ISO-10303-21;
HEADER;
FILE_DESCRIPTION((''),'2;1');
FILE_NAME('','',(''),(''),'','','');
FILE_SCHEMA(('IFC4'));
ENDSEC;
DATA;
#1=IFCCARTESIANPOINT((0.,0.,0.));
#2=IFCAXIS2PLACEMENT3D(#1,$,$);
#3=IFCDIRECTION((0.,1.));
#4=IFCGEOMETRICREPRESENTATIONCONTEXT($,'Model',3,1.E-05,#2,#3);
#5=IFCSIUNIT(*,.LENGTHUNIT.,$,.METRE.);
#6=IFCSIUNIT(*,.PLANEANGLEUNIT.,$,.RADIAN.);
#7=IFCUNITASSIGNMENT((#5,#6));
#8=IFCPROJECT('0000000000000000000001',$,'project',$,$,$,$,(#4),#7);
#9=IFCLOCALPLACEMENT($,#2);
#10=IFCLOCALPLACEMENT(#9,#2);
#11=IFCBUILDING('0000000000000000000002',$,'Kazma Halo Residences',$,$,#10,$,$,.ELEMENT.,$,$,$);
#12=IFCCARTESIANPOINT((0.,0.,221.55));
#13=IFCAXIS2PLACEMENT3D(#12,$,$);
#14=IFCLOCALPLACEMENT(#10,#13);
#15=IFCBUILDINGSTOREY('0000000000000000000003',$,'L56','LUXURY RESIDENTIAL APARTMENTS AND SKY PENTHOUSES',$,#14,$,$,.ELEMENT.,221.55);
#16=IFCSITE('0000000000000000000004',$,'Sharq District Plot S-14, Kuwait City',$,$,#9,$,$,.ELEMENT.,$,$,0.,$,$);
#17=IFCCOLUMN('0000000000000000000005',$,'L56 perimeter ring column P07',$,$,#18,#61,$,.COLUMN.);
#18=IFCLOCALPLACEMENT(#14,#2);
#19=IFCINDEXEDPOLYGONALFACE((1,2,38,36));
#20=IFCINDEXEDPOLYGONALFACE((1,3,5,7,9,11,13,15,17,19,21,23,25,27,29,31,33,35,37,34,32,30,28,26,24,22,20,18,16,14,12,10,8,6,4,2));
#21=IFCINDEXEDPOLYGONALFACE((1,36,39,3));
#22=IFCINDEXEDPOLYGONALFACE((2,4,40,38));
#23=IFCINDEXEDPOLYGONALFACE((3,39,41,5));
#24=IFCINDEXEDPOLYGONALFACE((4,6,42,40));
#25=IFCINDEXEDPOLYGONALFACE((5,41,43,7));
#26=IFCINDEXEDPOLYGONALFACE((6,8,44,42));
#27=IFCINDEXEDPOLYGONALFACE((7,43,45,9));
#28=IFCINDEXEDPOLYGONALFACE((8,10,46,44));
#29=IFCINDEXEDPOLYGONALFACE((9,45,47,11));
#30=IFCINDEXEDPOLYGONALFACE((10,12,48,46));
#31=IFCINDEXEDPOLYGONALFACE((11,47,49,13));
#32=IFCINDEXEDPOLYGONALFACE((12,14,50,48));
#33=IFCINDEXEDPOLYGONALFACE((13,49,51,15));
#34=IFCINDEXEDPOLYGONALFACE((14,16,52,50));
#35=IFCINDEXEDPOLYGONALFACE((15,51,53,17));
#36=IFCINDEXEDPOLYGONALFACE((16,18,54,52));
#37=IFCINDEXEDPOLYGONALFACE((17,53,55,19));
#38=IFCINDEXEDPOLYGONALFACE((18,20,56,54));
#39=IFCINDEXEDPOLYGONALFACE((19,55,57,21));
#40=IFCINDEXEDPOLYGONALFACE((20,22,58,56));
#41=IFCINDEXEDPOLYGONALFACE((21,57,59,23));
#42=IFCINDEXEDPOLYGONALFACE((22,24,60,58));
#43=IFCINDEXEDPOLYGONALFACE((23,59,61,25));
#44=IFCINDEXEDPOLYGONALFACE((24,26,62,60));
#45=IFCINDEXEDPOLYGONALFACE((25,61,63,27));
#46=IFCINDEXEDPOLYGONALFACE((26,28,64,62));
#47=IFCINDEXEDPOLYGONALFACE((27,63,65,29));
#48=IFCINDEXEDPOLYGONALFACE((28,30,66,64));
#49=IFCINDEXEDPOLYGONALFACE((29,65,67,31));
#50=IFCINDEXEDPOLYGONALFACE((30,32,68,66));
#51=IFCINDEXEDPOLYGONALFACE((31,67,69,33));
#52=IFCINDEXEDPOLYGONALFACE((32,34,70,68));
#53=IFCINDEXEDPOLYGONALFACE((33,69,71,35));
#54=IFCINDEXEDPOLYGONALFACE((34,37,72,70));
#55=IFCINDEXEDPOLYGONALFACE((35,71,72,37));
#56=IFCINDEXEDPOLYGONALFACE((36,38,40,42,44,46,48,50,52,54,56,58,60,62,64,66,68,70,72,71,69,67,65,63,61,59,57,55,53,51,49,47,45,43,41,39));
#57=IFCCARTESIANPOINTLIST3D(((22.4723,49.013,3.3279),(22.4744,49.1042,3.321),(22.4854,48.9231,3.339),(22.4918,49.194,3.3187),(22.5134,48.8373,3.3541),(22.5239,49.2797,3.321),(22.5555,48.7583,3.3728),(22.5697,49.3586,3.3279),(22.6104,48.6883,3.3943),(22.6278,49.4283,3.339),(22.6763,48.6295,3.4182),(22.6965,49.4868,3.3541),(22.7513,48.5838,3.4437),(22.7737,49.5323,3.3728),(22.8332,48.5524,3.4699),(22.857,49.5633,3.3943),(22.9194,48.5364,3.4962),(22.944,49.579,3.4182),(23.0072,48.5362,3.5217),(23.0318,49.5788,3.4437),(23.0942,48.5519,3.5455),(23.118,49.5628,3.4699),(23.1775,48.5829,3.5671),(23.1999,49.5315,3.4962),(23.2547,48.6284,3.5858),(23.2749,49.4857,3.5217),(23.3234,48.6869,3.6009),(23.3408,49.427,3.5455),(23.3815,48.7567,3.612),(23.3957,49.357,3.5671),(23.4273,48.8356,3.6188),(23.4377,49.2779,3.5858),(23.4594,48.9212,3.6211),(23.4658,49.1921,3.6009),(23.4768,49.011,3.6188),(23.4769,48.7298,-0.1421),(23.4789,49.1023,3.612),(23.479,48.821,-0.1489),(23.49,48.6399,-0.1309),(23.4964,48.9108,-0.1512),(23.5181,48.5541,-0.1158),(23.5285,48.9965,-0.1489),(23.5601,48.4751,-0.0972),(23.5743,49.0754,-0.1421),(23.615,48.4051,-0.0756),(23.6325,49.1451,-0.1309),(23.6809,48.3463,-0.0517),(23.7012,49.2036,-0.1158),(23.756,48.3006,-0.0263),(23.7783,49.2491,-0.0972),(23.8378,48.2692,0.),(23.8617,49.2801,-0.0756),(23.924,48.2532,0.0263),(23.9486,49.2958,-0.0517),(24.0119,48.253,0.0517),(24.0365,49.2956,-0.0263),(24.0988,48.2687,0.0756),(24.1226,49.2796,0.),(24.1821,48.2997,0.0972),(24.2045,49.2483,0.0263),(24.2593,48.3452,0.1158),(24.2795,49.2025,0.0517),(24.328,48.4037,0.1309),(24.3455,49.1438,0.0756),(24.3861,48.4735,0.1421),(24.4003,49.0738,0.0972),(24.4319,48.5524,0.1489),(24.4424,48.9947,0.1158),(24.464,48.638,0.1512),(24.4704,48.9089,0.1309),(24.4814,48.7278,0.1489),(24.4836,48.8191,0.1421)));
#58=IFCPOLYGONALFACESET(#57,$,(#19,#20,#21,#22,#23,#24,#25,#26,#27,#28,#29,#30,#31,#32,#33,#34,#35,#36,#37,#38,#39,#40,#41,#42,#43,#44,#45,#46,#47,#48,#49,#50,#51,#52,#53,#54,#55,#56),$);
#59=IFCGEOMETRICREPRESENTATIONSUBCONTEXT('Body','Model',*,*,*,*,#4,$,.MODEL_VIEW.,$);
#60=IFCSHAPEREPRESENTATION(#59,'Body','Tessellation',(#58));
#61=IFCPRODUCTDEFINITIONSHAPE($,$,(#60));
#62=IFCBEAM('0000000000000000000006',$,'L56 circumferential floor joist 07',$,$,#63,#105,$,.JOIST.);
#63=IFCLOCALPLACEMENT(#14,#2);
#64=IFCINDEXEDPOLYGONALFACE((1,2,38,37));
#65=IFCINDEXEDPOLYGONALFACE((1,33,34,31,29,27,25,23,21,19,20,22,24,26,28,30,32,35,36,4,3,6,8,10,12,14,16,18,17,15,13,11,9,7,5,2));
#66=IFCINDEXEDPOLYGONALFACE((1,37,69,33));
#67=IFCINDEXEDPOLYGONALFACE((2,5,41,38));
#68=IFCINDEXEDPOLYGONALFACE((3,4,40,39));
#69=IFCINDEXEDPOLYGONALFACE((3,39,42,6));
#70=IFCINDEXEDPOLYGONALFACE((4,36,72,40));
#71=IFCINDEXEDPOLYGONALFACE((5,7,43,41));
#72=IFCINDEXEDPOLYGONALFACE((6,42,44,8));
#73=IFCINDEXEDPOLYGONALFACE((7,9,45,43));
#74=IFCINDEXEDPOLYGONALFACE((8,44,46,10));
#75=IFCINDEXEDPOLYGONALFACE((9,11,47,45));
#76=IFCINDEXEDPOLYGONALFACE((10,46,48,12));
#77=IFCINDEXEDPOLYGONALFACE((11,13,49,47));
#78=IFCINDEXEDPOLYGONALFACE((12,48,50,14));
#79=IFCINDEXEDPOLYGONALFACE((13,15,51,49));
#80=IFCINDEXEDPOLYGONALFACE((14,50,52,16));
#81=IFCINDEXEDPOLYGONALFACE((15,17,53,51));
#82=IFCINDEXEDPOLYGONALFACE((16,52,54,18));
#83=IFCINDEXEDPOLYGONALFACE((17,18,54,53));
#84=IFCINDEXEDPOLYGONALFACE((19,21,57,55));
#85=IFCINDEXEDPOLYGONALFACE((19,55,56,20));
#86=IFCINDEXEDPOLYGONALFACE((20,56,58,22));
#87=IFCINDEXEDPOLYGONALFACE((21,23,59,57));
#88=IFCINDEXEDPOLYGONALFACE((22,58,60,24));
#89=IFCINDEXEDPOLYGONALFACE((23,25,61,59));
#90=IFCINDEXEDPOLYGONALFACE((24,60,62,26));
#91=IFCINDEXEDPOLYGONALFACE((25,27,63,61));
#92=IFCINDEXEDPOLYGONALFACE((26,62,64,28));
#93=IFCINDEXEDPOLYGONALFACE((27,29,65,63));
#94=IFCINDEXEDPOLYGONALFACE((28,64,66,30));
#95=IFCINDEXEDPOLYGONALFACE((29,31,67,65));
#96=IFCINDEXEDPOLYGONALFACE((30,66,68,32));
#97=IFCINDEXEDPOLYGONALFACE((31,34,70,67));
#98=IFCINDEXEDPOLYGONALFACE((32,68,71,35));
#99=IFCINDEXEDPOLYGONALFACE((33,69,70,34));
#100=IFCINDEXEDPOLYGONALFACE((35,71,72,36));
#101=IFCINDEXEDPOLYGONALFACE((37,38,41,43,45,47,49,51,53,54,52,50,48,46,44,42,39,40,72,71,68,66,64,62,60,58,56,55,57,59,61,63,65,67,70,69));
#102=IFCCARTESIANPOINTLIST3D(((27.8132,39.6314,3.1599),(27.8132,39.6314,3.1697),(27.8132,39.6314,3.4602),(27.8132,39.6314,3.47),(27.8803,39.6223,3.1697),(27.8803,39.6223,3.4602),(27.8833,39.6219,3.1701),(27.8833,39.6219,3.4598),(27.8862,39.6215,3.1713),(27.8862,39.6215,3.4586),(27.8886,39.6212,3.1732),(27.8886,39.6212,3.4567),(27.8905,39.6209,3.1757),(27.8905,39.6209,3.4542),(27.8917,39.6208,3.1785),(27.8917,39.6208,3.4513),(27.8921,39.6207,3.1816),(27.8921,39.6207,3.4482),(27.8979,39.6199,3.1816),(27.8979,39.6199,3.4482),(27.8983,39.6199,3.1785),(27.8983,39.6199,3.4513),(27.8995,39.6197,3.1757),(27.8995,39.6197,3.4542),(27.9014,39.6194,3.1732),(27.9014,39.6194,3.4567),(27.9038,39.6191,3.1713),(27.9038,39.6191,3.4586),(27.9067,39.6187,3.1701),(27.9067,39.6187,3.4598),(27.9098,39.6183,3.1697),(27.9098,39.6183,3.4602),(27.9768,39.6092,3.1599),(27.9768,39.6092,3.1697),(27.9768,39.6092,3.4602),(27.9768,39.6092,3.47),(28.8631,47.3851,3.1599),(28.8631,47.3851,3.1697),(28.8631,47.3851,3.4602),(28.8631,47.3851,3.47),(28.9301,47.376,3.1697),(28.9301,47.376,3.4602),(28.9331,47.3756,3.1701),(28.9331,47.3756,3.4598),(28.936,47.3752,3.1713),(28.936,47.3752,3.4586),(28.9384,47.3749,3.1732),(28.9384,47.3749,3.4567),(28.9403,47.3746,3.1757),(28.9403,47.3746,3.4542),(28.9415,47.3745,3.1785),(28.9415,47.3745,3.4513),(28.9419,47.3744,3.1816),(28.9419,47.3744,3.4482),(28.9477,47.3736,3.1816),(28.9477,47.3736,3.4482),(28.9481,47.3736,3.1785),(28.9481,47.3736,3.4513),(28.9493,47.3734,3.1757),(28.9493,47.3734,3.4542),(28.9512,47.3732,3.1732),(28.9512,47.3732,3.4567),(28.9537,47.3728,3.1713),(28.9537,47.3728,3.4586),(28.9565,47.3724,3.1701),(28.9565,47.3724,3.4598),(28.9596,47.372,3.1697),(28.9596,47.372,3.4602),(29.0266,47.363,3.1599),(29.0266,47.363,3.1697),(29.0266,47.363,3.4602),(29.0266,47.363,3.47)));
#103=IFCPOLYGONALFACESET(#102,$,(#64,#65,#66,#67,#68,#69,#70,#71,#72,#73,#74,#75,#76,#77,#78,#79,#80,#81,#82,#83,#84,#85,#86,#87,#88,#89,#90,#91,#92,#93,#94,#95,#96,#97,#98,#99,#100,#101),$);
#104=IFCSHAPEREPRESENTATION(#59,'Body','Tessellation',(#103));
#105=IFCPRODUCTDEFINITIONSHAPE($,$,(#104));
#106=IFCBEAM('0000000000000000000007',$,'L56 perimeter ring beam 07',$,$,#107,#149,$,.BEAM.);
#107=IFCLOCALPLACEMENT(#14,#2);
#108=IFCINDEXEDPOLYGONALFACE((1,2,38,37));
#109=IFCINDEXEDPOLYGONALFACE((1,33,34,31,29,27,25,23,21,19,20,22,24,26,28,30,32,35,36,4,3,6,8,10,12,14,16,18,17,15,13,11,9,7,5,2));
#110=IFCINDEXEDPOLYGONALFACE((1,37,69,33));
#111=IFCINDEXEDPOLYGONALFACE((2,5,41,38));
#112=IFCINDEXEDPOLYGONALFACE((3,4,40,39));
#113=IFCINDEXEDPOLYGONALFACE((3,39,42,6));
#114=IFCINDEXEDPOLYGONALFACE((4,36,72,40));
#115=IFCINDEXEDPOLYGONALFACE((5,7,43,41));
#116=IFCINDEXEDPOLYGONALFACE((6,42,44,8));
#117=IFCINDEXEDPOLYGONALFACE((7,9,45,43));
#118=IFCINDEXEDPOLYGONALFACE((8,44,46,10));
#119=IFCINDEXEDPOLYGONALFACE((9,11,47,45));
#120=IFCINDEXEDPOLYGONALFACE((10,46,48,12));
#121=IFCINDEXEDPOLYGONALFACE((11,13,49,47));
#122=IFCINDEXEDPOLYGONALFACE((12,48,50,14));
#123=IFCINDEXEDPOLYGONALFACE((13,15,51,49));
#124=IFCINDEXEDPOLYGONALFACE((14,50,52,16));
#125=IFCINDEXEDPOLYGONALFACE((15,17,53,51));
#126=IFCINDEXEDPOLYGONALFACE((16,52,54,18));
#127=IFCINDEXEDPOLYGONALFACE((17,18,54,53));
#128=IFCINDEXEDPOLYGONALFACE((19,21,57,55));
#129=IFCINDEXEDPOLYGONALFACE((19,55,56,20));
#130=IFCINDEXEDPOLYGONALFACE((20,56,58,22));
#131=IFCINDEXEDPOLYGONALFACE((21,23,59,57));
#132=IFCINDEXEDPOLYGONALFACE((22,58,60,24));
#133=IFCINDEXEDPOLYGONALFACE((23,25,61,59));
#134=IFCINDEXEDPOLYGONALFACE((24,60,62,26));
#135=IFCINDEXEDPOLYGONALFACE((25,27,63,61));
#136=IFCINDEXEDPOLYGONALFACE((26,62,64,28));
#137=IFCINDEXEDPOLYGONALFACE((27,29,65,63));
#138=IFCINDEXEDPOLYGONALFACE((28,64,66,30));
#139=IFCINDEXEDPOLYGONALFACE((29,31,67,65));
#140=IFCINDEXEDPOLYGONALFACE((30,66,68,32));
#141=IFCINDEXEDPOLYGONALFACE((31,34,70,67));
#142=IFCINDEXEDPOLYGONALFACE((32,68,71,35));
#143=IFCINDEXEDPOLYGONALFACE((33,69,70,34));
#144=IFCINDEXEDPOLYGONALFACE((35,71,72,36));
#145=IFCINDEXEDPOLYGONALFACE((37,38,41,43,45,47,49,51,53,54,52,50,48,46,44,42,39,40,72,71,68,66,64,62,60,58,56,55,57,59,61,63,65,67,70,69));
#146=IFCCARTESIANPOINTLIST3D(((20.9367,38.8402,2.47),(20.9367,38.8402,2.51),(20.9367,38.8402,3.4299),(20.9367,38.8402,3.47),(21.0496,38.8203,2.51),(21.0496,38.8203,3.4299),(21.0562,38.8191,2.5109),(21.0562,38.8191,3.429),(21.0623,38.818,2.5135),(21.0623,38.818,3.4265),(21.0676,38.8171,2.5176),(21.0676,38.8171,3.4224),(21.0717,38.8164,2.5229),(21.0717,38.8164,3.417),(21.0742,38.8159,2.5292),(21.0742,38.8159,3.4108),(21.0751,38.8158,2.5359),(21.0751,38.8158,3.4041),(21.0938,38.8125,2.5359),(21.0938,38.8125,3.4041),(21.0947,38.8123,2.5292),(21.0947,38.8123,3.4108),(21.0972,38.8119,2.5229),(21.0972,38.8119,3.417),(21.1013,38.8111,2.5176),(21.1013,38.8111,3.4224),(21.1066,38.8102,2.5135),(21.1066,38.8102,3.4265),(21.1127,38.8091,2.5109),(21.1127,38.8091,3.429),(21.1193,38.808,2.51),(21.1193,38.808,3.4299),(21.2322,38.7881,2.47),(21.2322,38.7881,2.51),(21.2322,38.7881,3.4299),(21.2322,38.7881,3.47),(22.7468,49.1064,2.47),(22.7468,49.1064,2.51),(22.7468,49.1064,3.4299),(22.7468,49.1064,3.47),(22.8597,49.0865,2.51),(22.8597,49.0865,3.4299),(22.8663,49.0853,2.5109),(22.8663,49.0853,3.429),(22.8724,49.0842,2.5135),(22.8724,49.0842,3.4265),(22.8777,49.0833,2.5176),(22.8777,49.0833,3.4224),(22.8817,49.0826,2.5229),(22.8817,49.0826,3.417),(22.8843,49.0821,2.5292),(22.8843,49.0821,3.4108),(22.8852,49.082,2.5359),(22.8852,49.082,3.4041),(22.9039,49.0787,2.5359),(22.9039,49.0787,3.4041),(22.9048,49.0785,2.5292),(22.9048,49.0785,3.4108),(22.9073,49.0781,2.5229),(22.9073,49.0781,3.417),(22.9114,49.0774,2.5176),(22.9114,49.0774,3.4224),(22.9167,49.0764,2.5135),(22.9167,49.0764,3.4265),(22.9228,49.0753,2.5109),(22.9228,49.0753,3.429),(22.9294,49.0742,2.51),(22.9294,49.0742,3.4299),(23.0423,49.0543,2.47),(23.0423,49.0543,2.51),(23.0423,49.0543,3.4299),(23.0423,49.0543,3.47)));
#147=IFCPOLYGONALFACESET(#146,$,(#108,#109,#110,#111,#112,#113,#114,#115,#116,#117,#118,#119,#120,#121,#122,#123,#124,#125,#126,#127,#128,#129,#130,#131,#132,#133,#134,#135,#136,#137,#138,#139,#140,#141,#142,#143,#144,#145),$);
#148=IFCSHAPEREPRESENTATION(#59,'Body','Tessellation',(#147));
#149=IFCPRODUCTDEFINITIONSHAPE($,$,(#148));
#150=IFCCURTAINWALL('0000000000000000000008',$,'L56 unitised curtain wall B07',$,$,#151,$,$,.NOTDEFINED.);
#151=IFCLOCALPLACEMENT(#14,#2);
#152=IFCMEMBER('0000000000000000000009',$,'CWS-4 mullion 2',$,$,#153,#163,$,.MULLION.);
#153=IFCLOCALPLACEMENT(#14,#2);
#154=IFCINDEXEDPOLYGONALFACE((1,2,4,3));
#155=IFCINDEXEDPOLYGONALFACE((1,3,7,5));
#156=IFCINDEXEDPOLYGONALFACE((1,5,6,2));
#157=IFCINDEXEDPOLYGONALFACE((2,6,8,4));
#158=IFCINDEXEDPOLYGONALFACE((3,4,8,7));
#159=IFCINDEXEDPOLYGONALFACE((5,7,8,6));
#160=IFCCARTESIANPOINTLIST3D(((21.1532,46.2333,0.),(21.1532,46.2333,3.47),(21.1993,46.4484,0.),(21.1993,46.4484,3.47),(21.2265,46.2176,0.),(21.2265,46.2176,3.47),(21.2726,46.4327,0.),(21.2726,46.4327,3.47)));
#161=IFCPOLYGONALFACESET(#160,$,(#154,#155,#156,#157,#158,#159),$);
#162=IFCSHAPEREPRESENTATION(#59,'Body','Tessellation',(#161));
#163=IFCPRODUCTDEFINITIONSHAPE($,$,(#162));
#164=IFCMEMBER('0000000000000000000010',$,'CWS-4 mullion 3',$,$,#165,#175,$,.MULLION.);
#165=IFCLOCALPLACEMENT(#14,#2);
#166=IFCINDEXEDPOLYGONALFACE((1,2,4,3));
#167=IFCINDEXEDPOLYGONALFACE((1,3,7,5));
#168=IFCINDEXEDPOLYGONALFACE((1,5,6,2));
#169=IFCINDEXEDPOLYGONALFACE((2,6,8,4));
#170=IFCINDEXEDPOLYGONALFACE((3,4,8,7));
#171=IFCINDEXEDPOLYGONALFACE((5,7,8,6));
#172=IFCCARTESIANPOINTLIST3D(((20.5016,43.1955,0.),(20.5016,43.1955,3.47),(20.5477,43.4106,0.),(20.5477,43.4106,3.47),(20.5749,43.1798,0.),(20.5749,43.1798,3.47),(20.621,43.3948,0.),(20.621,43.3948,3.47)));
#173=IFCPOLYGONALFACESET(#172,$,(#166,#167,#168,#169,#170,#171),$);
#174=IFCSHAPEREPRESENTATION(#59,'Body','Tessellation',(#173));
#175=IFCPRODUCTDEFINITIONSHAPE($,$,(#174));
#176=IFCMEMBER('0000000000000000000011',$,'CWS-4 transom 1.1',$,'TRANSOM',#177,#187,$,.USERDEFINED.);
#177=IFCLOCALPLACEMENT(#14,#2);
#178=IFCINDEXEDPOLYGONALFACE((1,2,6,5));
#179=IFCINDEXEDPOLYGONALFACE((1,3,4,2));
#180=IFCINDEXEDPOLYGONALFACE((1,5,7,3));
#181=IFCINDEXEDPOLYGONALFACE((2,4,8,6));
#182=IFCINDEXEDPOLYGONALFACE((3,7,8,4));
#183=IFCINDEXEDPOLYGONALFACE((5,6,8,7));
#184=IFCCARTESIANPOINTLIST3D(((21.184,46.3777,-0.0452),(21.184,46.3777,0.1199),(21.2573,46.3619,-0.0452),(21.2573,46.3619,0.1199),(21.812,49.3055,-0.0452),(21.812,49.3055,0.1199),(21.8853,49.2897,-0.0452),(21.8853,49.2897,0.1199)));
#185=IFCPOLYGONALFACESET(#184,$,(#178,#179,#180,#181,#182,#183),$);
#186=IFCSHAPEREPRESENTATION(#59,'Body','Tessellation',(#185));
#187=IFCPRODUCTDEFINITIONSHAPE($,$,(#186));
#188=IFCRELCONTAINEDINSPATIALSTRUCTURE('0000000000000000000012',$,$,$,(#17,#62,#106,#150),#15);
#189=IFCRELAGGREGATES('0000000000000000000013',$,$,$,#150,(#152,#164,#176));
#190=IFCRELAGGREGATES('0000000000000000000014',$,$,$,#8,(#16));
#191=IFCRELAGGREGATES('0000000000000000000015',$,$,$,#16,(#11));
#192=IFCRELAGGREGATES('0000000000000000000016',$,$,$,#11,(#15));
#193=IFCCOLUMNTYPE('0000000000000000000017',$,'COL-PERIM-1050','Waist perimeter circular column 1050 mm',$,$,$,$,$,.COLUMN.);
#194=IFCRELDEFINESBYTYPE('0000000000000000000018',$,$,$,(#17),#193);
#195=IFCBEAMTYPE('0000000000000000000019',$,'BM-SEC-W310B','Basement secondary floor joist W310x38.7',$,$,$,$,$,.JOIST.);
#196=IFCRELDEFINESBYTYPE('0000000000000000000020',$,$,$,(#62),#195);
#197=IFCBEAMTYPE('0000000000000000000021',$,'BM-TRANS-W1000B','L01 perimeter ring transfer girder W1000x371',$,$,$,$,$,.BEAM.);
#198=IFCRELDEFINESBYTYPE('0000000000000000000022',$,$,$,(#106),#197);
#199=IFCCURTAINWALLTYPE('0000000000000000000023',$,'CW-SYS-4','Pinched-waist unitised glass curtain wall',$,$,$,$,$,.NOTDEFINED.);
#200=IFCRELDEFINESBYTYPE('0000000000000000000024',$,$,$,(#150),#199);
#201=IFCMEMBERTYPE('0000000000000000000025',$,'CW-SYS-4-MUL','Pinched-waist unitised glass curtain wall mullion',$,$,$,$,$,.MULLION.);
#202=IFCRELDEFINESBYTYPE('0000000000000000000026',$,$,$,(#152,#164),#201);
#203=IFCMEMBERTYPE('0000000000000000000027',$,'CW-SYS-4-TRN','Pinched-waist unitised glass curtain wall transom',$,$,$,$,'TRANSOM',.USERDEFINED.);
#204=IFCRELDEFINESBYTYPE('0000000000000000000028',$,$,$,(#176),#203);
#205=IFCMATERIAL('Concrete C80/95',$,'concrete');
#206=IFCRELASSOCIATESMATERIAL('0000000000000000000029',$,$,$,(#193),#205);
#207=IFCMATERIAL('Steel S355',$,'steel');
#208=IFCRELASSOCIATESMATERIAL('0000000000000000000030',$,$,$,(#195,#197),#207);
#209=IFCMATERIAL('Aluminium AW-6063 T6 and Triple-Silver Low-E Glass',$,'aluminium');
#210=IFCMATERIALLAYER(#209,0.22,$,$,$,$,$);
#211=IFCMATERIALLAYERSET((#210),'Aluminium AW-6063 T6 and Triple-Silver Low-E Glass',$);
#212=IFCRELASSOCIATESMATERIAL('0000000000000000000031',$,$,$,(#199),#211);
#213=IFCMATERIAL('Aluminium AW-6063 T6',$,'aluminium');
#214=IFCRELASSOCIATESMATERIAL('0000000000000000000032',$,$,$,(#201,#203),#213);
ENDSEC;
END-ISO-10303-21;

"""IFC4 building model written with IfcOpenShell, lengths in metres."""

from ifc_helpers import new_model, si_unit, direction, frame, origin, origin_2d, place, context, subcontext, project, spatial, rectangle, circle, i_section, extrude, material, layer, layer_set, material_profile, profile_set, type_object, element, aggregate, save


model = new_model("IFC4")

# Units and contexts
model_context = context("Model", 3, precision=1e-05, world=origin(), true_north=direction((0.0, 1.0)))
body_context = subcontext(model_context, "Body", "Model", "MODEL_VIEW")
ifc_project = project(units=[si_unit("LENGTHUNIT", "METRE"), si_unit("PLANEANGLEUNIT", "RADIAN")], contexts=[model_context])

# Site, building, storey
site_placement = place(None, origin())
site = spatial("IfcSite", under=ifc_project, at=site_placement, Name="Sharq District Plot S-14, Kuwait City", CompositionType="ELEMENT", RefElevation=0.0)
building_placement = place(site_placement, origin())
building = spatial("IfcBuilding", under=site, at=building_placement, Name="Kazma Halo Residences", CompositionType="ELEMENT")
storey_placement = place(building_placement, frame((0.0, 0.0, 221.55)))
storey = spatial("IfcBuildingStorey", under=building, at=storey_placement, Name="L56", Description="LUXURY RESIDENTIAL APARTMENTS AND SKY PENTHOUSES", CompositionType="ELEMENT", Elevation=221.55)

# Column
ifc_material_1 = material(Name="Concrete C80/95", Category="concrete")
ifc_material_profile_1 = material_profile(ifc_material_1, circle(Radius=0.5249, at=origin_2d()), Name="CIRC1050")
ifc_profile_set_1 = profile_set([ifc_material_profile_1], Name="Concrete C80/95")
column_type = type_object("IfcColumnType", Name="COL-PERIM-1050", Description="Waist perimeter circular column 1050 mm", PredefinedType="COLUMN", material=ifc_profile_set_1)
column_placement = place(storey_placement, frame((23.9802, 48.7744, 0.0), z_axis=(-0.277252, 0.078156, 0.957613), x_axis=(-0.271321, -0.962489, 0.0)))
element("IfcColumn", 1, at=column_placement, inside=storey, type_object=column_type, Name="L56 perimeter ring column P07", PredefinedType="COLUMN", context=body_context, shape_type="SweptSolid", body=[
    extrude(circle(Radius=0.5249, at=origin_2d()), origin(), (0.0, 0.0, 1.0), 3.6235),
])

# Beams
ifc_material_2 = material(Name="Steel S355", Category="steel")
ifc_material_profile_2 = material_profile(ifc_material_2, i_section(OverallWidth=0.165, OverallDepth=0.3101, WebThickness=0.0059, FlangeThickness=0.0098, FilletRadius=0.012, at=origin_2d()), Name="W310x38.7")
ifc_profile_set_2 = profile_set([ifc_material_profile_2], Name="Steel S355")
beam_type_1 = type_object("IfcBeamType", Name="BM-SEC-W310B", Description="Basement secondary floor joist W310x38.7", PredefinedType="JOIST", material=ifc_profile_set_2)
beam_1_placement = place(storey_placement, frame((28.9448, 47.374, 3.3149), z_axis=(-0.13417, -0.990958, 0.0), x_axis=(0.990958, -0.13417, 0.0)))
element("IfcBeam", 2, at=beam_1_placement, inside=storey, type_object=beam_type_1, Name="L56 circumferential floor joist 07", PredefinedType="JOIST", context=body_context, shape_type="SweptSolid", body=[
    extrude(i_section(OverallWidth=0.165, OverallDepth=0.3101, WebThickness=0.0059, FlangeThickness=0.0098, FilletRadius=0.012, at=origin_2d()), origin(), (0.0, 0.0, 1.0), 7.8245),
])
ifc_material_profile_3 = material_profile(ifc_material_2, i_section(OverallWidth=0.3, OverallDepth=1.0, WebThickness=0.019, FlangeThickness=0.04, FilletRadius=0.0259, at=origin_2d()), Name="W1000x371")
ifc_profile_set_3 = profile_set([ifc_material_profile_3], Name="Steel S355")
beam_type_2 = type_object("IfcBeamType", Name="BM-TRANS-W1000B", Description="L01 perimeter ring transfer girder W1000x371", PredefinedType="BEAM", material=ifc_profile_set_3)
beam_2_placement = place(storey_placement, frame((22.8945, 49.0803, 2.97), z_axis=(-0.173636, -0.98481, 0.0), x_axis=(0.98481, -0.173636, 0.0)))
element("IfcBeam", 3, at=beam_2_placement, inside=storey, type_object=beam_type_2, Name="L56 perimeter ring beam 07", PredefinedType="BEAM", context=body_context, shape_type="SweptSolid", body=[
    extrude(i_section(OverallWidth=0.3, OverallDepth=1.0, WebThickness=0.019, FlangeThickness=0.04, FilletRadius=0.0259, at=origin_2d()), origin(), (0.0, 0.0, 1.0), 10.4246),
])

# Curtain wall, members
ifc_material_3 = material(Name="Aluminium AW-6063 T6 and Triple-Silver Low-E Glass", Category="aluminium")
ifc_layer_1 = layer(ifc_material_3, 0.22)
ifc_layer_set_1 = layer_set([ifc_layer_1], Name="Aluminium AW-6063 T6 and Triple-Silver Low-E Glass")
curtain_wall_type = type_object("IfcCurtainWallType", Name="CW-SYS-4", Description="Pinched-waist unitised glass curtain wall", PredefinedType="NOTDEFINED", material=ifc_layer_set_1)
curtain_wall_placement = place(storey_placement, origin())
curtain_wall = element("IfcCurtainWall", 4, at=curtain_wall_placement, inside=storey, type_object=curtain_wall_type, Name="L56 unitised curtain wall B07", PredefinedType="NOTDEFINED")
ifc_material_4 = material(Name="Aluminium AW-6063 T6", Category="aluminium")
ifc_material_profile_4 = material_profile(ifc_material_4, rectangle(XDim=0.075, YDim=0.22, at=origin_2d()), Name="CWM-75x220")
ifc_profile_set_4 = profile_set([ifc_material_profile_4], Name="Aluminium AW-6063 T6")
member_type_1 = type_object("IfcMemberType", Name="CW-SYS-4-MUL", Description="Pinched-waist unitised glass curtain wall mullion", PredefinedType="MULLION", material=ifc_profile_set_4)
member_1_placement = place(storey_placement, frame((21.2129, 46.333, 0.0), z_axis=(0.0, 0.0, 1.0), x_axis=(0.977768, -0.20969, 0.0)))
member_1 = element("IfcMember", 5, at=member_1_placement, type_object=member_type_1, Name="CWS-4 mullion 2", PredefinedType="MULLION", context=body_context, shape_type="SweptSolid", body=[
    extrude(rectangle(XDim=0.075, YDim=0.22, at=origin_2d()), origin(), (0.0, 0.0, 1.0), 3.47),
])
member_2_placement = place(storey_placement, frame((20.5613, 43.2952, 0.0), z_axis=(0.0, 0.0, 1.0), x_axis=(0.977768, -0.20969, 0.0)))
member_2 = element("IfcMember", 6, at=member_2_placement, type_object=member_type_1, Name="CWS-4 mullion 3", PredefinedType="MULLION", context=body_context, shape_type="SweptSolid", body=[
    extrude(rectangle(XDim=0.075, YDim=0.22, at=origin_2d()), origin(), (0.0, 0.0, 1.0), 3.47),
])
ifc_material_profile_5 = material_profile(ifc_material_4, rectangle(XDim=0.075, YDim=0.165, at=origin_2d()), Name="CWT-75x165")
ifc_profile_set_5 = profile_set([ifc_material_profile_5], Name="Aluminium AW-6063 T6")
member_type_2 = type_object("IfcMemberType", Name="CW-SYS-4-TRN", Description="Pinched-waist unitised glass curtain wall transom", ElementType="TRANSOM", PredefinedType="USERDEFINED", material=ifc_profile_set_5)
member_3_placement = place(storey_placement, frame((21.8486, 49.2976, 0.0374), z_axis=(-0.209707, -0.977764, 0.0), x_axis=(0.977764, -0.209707, 0.0)))
member_3 = element("IfcMember", 7, at=member_3_placement, type_object=member_type_2, Name="CWS-4 transom 1.1", ObjectType="TRANSOM", PredefinedType="USERDEFINED", context=body_context, shape_type="SweptSolid", body=[
    extrude(rectangle(XDim=0.075, YDim=0.165, at=origin_2d()), origin(), (0.0, 0.0, 1.0), 2.9944),
])
aggregate(curtain_wall, [member_1, member_2, member_3])

save(model, "model.ifc")
